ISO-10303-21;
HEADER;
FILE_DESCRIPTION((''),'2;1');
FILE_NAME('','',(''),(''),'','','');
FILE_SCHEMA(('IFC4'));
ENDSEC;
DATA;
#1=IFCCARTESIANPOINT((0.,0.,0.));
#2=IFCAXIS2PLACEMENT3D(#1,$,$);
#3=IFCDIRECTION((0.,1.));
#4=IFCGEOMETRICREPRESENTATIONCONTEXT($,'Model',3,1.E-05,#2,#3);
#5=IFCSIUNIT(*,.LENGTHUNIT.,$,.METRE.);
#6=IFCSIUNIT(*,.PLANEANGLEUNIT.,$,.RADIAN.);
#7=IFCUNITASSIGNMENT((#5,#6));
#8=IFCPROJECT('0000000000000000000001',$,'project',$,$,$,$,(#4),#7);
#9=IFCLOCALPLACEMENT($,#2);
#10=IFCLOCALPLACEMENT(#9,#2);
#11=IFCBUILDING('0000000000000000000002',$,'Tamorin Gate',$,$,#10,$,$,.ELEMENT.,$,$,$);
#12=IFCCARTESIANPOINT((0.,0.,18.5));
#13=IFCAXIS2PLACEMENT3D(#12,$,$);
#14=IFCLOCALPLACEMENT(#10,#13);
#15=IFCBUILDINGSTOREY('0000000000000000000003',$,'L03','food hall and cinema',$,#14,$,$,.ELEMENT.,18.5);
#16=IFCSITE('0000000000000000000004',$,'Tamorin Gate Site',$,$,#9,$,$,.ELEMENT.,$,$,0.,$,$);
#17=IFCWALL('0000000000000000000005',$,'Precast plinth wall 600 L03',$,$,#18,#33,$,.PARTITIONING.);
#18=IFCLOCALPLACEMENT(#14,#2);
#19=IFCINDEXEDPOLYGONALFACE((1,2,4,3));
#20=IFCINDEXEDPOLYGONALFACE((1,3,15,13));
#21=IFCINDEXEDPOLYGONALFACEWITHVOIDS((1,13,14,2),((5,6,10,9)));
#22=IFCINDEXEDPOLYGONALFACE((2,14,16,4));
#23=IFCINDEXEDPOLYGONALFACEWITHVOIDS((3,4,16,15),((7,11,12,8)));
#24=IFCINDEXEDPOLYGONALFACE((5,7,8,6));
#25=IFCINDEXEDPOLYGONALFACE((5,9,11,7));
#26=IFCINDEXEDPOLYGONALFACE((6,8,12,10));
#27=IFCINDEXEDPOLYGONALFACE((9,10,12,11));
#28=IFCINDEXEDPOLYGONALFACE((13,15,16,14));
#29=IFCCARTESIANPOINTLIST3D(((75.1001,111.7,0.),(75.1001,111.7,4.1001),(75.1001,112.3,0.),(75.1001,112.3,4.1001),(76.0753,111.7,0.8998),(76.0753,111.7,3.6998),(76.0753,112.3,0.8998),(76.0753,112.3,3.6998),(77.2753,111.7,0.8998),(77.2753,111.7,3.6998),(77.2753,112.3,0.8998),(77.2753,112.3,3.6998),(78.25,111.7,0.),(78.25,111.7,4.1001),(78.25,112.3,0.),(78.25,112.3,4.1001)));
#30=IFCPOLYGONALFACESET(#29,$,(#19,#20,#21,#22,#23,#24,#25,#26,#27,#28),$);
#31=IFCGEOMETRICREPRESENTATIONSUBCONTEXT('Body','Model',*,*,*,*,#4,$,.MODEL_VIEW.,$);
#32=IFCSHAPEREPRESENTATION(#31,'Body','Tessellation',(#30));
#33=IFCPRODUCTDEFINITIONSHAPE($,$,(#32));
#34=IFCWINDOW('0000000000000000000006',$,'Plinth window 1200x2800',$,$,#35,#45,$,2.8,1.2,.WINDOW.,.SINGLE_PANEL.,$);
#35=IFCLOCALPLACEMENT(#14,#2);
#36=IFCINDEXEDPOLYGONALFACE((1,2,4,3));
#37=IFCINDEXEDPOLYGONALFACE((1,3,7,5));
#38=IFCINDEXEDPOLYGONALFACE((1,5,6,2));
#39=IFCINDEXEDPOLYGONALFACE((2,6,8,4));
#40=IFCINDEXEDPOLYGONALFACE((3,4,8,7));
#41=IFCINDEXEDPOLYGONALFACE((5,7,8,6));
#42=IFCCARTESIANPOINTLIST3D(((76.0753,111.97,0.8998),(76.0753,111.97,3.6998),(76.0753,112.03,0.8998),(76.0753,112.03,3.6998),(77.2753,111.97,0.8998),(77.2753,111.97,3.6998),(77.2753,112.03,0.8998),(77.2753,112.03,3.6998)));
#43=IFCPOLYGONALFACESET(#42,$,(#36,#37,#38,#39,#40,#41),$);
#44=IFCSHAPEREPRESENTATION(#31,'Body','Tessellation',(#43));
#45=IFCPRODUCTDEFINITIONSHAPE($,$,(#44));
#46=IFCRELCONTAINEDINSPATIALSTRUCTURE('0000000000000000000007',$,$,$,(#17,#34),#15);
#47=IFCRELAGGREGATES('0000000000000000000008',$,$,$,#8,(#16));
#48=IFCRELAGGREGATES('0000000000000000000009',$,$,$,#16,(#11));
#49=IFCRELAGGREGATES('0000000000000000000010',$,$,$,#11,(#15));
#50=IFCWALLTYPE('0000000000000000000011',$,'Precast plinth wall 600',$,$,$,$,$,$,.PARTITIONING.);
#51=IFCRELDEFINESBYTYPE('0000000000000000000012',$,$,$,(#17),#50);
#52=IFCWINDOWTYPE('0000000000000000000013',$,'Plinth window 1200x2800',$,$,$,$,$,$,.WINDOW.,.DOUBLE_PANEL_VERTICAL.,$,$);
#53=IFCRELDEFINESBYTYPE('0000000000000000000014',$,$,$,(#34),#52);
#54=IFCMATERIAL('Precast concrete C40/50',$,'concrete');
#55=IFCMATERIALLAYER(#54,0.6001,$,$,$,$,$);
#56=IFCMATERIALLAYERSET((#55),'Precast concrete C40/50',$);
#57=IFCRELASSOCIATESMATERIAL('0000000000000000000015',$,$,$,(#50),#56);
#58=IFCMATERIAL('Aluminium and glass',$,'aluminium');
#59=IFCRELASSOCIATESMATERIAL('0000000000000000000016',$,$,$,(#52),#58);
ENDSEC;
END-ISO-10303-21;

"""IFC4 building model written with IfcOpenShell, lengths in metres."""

from ifc_helpers import new_model, si_unit, direction, frame, frame_2d, origin, place, context, subcontext, project, spatial, rectangle, extrude, material, layer, layer_set, type_object, element, fill, save


model = new_model("IFC4")

# Units and contexts
model_context = context("Model", 3, precision=1e-05, world=origin(), true_north=direction((0.0, 1.0)))
body_context = subcontext(model_context, "Body", "Model", "MODEL_VIEW")
ifc_project = project(units=[si_unit("LENGTHUNIT", "METRE"), si_unit("PLANEANGLEUNIT", "RADIAN")], contexts=[model_context])

# Site, building, storey
site_placement = place(None, origin())
site = spatial("IfcSite", under=ifc_project, at=site_placement, Name="Tamorin Gate Site", CompositionType="ELEMENT", RefElevation=0.0)
building_placement = place(site_placement, origin())
building = spatial("IfcBuilding", under=site, at=building_placement, Name="Tamorin Gate", CompositionType="ELEMENT")
storey_placement = place(building_placement, frame((0.0, 0.0, 18.5)))
storey = spatial("IfcBuildingStorey", under=building, at=storey_placement, Name="L03", Description="food hall and cinema", CompositionType="ELEMENT", Elevation=18.5)

# Shared definitions
ifc_material_1 = material(Name="Precast concrete C40/50", Category="concrete")
ifc_layer_1 = layer(ifc_material_1, 0.6001)
ifc_layer_set_1 = layer_set([ifc_layer_1], Name="Precast concrete C40/50")
wall_type_1 = type_object("IfcWallType", Name="Precast plinth wall 600", PredefinedType="PARTITIONING", material=ifc_layer_set_1)
ifc_material_2 = material(Name="Aluminium and glass", Category="aluminium")
window_type_1 = type_object("IfcWindowType", Name="Plinth window 1200x2800", PartitioningType="DOUBLE_PANEL_VERTICAL", PredefinedType="WINDOW", material=ifc_material_2)

# Wall, opening, window
wall_1_placement = place(storey_placement, frame((75.1001, 112.0, 0.0), z_axis=(0.0, 0.0, 1.0), x_axis=(1.0, 0.0, 0.0)))
wall_1 = element("IfcWall", 1, at=wall_1_placement, inside=storey, type_object=wall_type_1, Name="Precast plinth wall 600 L03", PredefinedType="PARTITIONING", context=body_context, shape_type="SweptSolid", body=[
    extrude(rectangle(XDim=3.1499, YDim=0.6001, at=frame_2d((1.575, 0.0))), origin(), (0.0, 0.0, 1.0), 4.1001),
])
opening_1_placement = place(wall_1_placement, frame((0.9751, 0.0, 0.8999)))
opening_1 = element("IfcOpeningElement", 2, at=opening_1_placement, cuts=wall_1, PredefinedType="OPENING", context=body_context, shape_type="SweptSolid", body=[
    extrude(rectangle(XDim=1.2, YDim=2.8, at=frame_2d((0.6001, 1.3999))), frame((0.0, 0.3101, 0.0), z_axis=(0.0, -1.0, 0.0), x_axis=(1.0, 0.0, 0.0)), (0.0, 0.0, 1.0), 0.6201),
])
window_1_placement = place(opening_1_placement, origin())
window_1 = element("IfcWindow", 3, at=window_1_placement, inside=storey, type_object=window_type_1, Name="Plinth window 1200x2800", OverallHeight=2.8, OverallWidth=1.2, PartitioningType="SINGLE_PANEL", PredefinedType="WINDOW", context=body_context, shape_type="SweptSolid", body=[
    extrude(rectangle(XDim=1.2, YDim=2.8, at=frame_2d((0.6001, 1.3999))), frame((0.0, 0.03, 0.0), z_axis=(0.0, -1.0, 0.0), x_axis=(1.0, 0.0, 0.0)), (0.0, 0.0, 1.0), 0.0601),
])
fill(opening_1, window_1)

save(model, "model.ifc")
